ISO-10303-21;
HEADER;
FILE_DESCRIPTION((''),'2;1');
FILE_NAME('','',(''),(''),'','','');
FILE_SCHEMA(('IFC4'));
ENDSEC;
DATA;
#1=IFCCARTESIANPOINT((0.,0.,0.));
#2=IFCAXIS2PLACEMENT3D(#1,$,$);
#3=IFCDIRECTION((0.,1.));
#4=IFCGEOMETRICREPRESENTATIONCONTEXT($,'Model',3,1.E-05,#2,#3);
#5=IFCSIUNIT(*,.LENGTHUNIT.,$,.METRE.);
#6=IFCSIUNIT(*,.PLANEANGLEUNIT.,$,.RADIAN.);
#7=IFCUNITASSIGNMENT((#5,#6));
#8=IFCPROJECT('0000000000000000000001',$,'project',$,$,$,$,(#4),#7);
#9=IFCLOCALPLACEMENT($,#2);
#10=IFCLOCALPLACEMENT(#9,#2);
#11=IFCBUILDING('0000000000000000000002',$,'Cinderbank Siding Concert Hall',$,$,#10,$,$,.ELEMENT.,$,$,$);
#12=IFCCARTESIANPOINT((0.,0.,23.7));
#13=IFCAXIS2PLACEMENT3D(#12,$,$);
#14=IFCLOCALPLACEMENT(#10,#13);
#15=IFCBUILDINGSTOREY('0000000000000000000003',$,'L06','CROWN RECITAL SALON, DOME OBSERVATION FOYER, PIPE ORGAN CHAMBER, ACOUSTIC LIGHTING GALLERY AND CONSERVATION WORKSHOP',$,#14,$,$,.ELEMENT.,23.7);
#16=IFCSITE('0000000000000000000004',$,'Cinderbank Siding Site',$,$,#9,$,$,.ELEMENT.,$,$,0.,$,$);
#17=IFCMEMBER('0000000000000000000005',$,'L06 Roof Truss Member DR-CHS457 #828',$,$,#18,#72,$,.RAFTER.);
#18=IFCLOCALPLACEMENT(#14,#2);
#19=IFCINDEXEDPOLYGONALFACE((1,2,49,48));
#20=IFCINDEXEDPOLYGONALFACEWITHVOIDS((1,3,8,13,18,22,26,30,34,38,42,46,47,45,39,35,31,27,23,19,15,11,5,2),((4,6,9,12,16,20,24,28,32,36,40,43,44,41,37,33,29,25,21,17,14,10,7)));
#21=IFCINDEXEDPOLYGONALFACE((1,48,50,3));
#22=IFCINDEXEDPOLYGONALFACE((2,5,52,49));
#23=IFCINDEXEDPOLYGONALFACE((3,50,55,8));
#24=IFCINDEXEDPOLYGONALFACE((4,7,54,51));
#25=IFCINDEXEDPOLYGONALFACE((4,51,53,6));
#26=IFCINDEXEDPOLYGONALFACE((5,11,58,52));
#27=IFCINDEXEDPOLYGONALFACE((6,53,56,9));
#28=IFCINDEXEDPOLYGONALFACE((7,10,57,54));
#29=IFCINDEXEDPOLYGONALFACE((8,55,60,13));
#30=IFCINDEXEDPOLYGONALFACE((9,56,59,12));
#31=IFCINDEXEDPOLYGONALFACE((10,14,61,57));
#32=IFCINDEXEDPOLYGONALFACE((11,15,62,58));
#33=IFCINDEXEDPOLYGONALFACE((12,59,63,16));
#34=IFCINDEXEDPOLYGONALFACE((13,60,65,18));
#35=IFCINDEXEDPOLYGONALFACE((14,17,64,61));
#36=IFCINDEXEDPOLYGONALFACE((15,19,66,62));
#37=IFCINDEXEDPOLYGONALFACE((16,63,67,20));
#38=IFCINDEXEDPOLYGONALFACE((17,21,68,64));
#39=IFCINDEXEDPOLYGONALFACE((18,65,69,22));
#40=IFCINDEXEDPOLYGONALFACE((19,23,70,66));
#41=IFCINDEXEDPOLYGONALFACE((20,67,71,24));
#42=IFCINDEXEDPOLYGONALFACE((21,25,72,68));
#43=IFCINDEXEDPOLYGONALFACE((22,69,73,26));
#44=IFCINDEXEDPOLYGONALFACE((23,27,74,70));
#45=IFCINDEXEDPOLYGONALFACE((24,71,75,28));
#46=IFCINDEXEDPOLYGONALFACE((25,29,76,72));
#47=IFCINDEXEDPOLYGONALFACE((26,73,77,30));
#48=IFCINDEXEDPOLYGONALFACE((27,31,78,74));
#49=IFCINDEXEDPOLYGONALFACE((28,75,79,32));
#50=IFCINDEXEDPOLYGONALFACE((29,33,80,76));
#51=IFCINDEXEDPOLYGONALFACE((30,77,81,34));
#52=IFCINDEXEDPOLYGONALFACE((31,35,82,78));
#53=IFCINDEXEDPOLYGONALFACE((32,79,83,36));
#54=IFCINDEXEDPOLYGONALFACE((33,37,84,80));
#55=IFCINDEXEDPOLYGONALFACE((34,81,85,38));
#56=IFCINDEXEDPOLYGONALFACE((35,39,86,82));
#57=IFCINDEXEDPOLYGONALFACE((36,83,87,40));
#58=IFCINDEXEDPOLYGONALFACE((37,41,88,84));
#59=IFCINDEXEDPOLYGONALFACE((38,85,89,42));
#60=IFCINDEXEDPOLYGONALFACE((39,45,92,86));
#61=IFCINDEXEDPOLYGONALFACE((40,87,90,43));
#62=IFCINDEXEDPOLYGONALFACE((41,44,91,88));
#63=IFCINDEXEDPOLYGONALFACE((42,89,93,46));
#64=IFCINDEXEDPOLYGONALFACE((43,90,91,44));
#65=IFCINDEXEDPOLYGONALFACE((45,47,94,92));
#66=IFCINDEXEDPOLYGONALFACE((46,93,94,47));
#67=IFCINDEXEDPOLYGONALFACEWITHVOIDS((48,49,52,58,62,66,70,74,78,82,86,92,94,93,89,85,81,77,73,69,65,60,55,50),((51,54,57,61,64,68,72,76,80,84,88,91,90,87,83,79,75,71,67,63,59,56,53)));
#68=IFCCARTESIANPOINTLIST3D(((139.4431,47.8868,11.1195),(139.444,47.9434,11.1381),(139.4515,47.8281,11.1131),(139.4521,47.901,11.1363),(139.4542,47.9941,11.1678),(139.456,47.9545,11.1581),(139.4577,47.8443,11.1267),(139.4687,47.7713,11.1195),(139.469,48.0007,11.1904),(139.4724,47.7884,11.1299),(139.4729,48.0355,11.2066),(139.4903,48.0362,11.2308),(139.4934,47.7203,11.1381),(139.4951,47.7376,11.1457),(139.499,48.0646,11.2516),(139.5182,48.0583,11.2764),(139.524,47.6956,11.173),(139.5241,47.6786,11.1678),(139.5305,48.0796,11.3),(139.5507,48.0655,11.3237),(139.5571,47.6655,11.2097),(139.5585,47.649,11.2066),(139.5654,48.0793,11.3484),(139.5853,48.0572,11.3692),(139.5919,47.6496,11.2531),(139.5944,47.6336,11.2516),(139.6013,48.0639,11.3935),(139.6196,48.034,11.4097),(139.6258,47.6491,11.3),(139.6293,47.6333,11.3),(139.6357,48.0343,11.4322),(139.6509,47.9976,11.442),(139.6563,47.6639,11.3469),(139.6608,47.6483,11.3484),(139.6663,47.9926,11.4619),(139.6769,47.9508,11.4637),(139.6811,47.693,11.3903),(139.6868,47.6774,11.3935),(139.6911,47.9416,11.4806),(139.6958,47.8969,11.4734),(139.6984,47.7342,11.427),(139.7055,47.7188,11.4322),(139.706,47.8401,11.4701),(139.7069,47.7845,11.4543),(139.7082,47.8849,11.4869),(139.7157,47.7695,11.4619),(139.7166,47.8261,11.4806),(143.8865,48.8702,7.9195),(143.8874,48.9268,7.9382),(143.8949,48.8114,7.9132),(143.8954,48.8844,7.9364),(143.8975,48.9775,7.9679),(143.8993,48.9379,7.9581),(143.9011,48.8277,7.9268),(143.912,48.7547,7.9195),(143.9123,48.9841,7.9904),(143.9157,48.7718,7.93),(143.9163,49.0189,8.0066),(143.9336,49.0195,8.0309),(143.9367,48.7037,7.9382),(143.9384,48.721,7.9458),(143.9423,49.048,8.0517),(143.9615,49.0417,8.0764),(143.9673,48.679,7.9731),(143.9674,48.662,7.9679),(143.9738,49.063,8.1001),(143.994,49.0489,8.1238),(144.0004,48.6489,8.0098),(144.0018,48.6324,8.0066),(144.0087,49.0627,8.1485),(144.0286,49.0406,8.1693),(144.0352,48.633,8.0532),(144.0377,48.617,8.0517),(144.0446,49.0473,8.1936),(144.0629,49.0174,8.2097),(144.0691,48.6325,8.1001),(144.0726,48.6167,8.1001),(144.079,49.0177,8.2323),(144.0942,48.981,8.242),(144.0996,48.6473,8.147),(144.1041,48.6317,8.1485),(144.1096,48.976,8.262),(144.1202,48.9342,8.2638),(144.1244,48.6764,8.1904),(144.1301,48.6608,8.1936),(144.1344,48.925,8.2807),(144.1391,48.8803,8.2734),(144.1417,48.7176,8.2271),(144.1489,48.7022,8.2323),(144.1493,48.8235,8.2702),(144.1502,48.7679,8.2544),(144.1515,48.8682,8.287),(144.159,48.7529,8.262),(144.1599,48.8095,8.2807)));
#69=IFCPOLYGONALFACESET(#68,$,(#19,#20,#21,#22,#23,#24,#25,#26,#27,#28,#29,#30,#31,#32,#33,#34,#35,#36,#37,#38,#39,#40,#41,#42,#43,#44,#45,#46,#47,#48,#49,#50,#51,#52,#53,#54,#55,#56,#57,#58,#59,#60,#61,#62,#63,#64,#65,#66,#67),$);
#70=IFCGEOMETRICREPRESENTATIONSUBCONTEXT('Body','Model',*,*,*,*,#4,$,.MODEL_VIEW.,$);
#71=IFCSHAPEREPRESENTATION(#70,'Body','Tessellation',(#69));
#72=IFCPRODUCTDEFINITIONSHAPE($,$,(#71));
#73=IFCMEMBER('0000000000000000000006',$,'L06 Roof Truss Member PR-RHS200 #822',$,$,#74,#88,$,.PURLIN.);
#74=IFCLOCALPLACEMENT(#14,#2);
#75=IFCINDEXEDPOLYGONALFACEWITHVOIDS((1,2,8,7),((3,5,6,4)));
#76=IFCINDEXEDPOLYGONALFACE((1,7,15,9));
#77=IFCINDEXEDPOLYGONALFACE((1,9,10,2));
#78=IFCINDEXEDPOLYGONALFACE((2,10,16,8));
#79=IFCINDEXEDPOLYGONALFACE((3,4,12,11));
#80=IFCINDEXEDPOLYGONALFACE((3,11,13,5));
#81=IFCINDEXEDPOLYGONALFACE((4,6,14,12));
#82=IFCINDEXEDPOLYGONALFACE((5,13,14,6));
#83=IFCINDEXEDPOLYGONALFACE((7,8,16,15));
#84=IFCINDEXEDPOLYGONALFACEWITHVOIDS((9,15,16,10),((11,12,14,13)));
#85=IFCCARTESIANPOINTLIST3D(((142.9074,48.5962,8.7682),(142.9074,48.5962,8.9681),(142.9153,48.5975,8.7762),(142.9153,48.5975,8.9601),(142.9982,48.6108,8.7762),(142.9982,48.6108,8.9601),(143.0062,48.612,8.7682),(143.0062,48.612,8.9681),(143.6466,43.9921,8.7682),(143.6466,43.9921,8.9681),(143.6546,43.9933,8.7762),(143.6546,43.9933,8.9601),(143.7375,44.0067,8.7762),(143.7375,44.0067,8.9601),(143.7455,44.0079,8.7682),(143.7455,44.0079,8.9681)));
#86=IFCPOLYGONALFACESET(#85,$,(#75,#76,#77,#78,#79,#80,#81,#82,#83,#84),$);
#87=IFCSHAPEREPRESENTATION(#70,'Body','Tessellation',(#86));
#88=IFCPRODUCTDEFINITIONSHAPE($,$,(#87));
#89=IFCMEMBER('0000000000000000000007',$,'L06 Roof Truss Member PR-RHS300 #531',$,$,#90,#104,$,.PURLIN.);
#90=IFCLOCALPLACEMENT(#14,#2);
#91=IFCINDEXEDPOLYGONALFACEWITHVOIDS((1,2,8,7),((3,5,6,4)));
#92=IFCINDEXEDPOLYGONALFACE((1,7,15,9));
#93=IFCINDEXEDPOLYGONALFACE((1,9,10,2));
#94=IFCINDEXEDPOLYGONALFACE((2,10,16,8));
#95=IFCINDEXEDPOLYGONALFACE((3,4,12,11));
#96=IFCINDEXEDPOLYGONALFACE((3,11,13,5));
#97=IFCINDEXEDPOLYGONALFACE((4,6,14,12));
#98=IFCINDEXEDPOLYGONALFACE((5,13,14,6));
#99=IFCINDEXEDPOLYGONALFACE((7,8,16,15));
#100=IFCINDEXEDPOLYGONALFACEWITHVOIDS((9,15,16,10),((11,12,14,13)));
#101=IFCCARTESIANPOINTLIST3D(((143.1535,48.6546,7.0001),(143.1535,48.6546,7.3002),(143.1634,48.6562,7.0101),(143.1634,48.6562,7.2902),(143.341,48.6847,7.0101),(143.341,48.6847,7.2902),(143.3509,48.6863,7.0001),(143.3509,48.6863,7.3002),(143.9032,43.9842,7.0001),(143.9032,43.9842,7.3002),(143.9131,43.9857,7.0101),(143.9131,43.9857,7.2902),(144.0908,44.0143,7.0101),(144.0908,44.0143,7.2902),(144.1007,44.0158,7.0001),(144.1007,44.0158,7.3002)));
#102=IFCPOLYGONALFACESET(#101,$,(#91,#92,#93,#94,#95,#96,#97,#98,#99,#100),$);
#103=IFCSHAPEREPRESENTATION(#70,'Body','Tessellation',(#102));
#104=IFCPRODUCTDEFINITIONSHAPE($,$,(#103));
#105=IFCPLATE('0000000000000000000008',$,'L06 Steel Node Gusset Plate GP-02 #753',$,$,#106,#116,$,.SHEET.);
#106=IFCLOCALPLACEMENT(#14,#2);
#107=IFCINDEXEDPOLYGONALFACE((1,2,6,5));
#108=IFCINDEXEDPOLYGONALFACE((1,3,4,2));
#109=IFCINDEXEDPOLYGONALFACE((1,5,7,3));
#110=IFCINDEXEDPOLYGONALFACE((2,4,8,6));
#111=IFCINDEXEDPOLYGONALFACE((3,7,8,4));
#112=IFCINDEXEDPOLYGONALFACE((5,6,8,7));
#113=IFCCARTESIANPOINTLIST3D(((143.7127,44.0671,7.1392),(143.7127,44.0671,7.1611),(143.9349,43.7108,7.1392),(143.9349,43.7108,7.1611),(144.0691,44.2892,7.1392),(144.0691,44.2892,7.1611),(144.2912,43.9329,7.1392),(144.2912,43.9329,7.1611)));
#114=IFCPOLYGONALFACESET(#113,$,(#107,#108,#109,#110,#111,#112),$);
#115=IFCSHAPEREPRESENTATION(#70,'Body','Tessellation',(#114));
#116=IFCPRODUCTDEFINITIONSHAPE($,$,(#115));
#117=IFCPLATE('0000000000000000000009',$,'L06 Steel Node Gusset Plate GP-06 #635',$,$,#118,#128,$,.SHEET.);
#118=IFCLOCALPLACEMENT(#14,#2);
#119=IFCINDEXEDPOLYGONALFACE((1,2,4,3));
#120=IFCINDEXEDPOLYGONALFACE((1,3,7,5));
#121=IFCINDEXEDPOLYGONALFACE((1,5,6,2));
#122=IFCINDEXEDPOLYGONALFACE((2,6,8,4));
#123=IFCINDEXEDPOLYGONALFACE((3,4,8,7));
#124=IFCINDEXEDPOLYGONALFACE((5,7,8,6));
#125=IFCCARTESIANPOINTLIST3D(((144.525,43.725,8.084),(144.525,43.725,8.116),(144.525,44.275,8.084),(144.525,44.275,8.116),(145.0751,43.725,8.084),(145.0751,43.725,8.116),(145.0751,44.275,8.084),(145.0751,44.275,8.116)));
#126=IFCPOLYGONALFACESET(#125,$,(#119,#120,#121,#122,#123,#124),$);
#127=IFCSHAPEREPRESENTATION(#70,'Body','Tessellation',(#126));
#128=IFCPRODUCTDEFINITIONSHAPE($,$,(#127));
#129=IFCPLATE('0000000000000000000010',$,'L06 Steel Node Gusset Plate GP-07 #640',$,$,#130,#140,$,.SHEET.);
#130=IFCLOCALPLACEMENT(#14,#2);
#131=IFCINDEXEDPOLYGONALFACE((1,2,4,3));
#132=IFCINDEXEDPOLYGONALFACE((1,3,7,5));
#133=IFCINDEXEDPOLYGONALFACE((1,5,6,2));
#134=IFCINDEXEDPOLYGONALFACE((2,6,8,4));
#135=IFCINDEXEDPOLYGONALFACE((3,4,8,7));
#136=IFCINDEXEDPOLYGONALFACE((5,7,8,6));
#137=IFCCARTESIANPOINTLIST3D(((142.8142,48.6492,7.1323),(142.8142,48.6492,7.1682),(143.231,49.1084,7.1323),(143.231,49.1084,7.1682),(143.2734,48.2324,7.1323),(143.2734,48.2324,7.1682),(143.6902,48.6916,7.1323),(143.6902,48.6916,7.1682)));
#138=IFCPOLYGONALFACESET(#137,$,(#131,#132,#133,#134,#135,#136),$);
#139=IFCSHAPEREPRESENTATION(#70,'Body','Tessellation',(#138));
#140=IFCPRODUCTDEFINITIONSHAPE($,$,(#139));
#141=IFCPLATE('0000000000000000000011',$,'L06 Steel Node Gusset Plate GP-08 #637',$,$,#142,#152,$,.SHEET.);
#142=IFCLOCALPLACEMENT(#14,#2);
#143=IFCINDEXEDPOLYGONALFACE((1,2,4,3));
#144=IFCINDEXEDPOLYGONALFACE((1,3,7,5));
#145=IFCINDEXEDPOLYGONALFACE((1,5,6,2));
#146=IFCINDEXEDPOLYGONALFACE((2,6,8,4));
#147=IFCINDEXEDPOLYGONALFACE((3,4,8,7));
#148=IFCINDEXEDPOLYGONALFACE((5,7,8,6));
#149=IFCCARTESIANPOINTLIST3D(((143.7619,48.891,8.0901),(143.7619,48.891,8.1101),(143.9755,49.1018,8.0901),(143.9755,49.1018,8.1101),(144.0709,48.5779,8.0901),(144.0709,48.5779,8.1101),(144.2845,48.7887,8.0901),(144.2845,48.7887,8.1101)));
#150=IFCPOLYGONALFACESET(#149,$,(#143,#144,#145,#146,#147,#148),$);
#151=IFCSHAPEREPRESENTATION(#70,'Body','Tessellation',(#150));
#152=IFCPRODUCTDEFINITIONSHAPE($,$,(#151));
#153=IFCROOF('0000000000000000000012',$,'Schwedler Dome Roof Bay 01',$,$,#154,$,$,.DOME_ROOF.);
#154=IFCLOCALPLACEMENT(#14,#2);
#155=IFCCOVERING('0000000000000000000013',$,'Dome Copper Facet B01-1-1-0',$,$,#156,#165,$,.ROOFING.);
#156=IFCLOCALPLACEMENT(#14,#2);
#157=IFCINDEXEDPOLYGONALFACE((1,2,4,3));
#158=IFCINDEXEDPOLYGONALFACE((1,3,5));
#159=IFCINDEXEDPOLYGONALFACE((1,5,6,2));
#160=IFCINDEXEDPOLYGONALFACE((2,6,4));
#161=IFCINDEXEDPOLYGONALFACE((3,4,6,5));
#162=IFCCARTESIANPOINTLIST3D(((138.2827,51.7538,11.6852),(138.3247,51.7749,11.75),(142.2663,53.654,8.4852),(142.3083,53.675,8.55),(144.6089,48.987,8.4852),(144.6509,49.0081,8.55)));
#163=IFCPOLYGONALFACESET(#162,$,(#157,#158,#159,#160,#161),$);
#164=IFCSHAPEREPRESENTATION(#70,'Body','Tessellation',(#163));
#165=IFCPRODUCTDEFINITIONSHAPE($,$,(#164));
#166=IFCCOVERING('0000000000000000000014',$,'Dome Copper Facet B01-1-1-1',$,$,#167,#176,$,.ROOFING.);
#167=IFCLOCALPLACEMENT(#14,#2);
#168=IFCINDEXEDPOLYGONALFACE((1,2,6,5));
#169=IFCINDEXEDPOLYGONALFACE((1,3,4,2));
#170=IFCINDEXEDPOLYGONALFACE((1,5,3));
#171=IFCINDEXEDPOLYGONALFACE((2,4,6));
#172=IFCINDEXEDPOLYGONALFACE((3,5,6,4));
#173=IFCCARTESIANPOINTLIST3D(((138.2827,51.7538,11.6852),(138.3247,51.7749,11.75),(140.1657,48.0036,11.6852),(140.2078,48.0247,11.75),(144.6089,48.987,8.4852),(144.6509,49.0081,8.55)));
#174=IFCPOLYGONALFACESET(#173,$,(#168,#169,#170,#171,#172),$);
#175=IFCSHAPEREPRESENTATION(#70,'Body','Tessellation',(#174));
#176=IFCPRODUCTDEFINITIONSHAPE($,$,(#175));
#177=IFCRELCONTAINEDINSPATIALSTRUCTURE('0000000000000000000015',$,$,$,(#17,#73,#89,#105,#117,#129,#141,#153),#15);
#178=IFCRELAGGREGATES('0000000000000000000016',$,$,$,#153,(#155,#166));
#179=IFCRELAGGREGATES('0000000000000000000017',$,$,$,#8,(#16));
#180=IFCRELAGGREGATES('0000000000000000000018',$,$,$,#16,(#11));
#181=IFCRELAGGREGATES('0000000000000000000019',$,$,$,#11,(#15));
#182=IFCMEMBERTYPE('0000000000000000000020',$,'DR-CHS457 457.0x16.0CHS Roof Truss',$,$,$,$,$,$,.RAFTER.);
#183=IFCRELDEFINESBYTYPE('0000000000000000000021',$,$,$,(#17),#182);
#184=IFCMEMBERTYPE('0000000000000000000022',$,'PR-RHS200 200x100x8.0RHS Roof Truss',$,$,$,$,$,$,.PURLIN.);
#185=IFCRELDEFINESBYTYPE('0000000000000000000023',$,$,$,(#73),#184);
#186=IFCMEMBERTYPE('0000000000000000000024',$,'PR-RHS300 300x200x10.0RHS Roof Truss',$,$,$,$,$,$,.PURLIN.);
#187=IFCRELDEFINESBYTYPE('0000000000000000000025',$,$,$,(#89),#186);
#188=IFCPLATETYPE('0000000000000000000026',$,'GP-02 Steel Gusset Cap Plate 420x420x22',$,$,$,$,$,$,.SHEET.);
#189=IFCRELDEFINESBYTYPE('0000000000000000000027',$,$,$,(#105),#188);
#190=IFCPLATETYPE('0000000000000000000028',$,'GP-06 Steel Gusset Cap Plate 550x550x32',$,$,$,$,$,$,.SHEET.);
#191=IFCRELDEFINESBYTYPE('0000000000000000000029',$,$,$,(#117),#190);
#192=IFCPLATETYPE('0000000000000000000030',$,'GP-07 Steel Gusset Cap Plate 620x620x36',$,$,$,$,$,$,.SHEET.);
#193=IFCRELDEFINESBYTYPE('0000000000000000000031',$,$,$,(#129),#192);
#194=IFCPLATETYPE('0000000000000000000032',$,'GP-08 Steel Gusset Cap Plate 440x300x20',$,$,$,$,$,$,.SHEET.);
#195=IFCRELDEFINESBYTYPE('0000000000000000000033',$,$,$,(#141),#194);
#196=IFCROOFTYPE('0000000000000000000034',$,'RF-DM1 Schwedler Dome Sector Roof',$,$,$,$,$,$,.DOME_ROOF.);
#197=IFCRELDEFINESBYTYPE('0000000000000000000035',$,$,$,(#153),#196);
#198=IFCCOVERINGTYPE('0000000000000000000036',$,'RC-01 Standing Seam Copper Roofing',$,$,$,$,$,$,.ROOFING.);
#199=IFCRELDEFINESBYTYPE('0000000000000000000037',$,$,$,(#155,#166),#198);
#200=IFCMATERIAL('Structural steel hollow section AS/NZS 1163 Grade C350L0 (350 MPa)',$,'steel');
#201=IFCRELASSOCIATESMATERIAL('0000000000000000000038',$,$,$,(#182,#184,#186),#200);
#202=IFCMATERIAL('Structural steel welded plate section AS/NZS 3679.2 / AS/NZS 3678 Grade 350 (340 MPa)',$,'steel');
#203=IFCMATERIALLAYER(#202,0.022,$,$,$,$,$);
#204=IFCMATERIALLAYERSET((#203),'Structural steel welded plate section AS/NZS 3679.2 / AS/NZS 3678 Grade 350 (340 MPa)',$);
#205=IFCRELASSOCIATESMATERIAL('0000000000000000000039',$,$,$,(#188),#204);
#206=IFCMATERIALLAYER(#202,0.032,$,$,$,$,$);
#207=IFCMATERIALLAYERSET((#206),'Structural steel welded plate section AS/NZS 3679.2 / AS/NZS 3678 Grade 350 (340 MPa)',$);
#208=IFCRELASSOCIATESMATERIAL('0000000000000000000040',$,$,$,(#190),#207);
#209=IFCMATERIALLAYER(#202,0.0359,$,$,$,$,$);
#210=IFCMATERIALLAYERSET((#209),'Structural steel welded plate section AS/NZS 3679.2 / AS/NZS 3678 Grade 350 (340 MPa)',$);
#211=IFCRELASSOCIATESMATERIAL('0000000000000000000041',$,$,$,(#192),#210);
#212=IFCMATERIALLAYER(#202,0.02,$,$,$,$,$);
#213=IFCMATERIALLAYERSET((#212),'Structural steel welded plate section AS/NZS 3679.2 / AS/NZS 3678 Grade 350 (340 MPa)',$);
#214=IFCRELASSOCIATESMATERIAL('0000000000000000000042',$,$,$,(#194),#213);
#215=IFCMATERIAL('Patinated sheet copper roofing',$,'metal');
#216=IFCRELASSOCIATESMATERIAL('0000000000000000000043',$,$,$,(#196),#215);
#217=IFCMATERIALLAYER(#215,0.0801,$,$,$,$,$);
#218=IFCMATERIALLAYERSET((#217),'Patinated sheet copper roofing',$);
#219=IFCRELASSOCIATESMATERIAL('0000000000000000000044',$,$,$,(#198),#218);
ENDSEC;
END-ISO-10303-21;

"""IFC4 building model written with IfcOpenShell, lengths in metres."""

from ifc_helpers import new_model, si_unit, direction, frame, origin, origin_2d, place, context, subcontext, project, spatial, polyline, rectangle, hollow_rectangle, hollow_circle, outline, extrude, material, layer, layer_set, material_profile, profile_set, type_object, element, aggregate, save


model = new_model("IFC4")

# Units and contexts
model_context = context("Model", 3, precision=1e-05, world=origin(), true_north=direction((0.0, 1.0)))
body_context = subcontext(model_context, "Body", "Model", "MODEL_VIEW")
ifc_project = project(units=[si_unit("LENGTHUNIT", "METRE"), si_unit("PLANEANGLEUNIT", "RADIAN")], contexts=[model_context])

# Site, building, storey
site_placement = place(None, origin())
site = spatial("IfcSite", under=ifc_project, at=site_placement, Name="Cinderbank Siding Site", CompositionType="ELEMENT", RefElevation=0.0)
building_placement = place(site_placement, origin())
building = spatial("IfcBuilding", under=site, at=building_placement, Name="Cinderbank Siding Concert Hall", CompositionType="ELEMENT")
storey_placement = place(building_placement, frame((0.0, 0.0, 23.7)))
storey = spatial("IfcBuildingStorey", under=building, at=storey_placement, Name="L06", Description="CROWN RECITAL SALON, DOME OBSERVATION FOYER, PIPE ORGAN CHAMBER, ACOUSTIC LIGHTING GALLERY AND CONSERVATION WORKSHOP", CompositionType="ELEMENT", Elevation=23.7)

# Shared definitions
ifc_material_1 = material(Name="Structural steel welded plate section AS/NZS 3679.2 / AS/NZS 3678 Grade 350 (340 MPa)", Category="steel")

# Members
ifc_material_2 = material(Name="Structural steel hollow section AS/NZS 1163 Grade C350L0 (350 MPa)", Category="steel")
ifc_material_profile_1 = material_profile(ifc_material_2, hollow_circle(Radius=0.2285, WallThickness=0.0161, at=origin_2d()), Name="457.0x16.0CHS", Category="LoadBearing")
ifc_profile_set_1 = profile_set([ifc_material_profile_1], Name="Structural steel hollow section AS/NZS 1163 Grade C350L0 (350 MPa)")
member_type_1 = type_object("IfcMemberType", Name="DR-CHS457 457.0x16.0CHS Roof Truss", PredefinedType="RAFTER", material=ifc_profile_set_1)
member_1_placement = place(storey_placement, frame((144.0232, 48.8398, 8.1001), z_axis=(-0.798693, -0.176766, 0.57519), x_axis=(0.21609, -0.976374, 0.0)))
element("IfcMember", 1, at=member_1_placement, inside=storey, type_object=member_type_1, Name="L06 Roof Truss Member DR-CHS457 #828", PredefinedType="RAFTER", context=body_context, shape_type="SweptSolid", body=[
    extrude(hollow_circle(Radius=0.2285, WallThickness=0.0161, at=origin_2d()), origin(), (0.0, 0.0, 1.0), 5.5632),
])
ifc_material_profile_2 = material_profile(ifc_material_2, hollow_rectangle(XDim=0.1001, YDim=0.2, WallThickness=0.0081, at=origin_2d()), Name="200x100x8.0RHS", Category="LoadBearing")
ifc_profile_set_2 = profile_set([ifc_material_profile_2], Name="Structural steel hollow section AS/NZS 1163 Grade C350L0 (350 MPa)")
member_type_2 = type_object("IfcMemberType", Name="PR-RHS200 200x100x8.0RHS Roof Truss", PredefinedType="PURLIN", material=ifc_profile_set_2)
member_2_placement = place(storey_placement, frame((143.696, 44.0, 8.8682), z_axis=(-0.158538, 0.987353, 0.0), x_axis=(-0.987353, -0.158538, 0.0)))
element("IfcMember", 2, at=member_2_placement, inside=storey, type_object=member_type_2, Name="L06 Roof Truss Member PR-RHS200 #822", PredefinedType="PURLIN", context=body_context, shape_type="SweptSolid", body=[
    extrude(hollow_rectangle(XDim=0.1001, YDim=0.2, WallThickness=0.0081, at=origin_2d()), origin(), (0.0, 0.0, 1.0), 4.6631),
])
ifc_material_profile_3 = material_profile(ifc_material_2, hollow_rectangle(XDim=0.2, YDim=0.3, WallThickness=0.01, at=origin_2d()), Name="300x200x10.0RHS", Category="LoadBearing")
ifc_profile_set_3 = profile_set([ifc_material_profile_3], Name="Structural steel hollow section AS/NZS 1163 Grade C350L0 (350 MPa)")
member_type_3 = type_object("IfcMemberType", Name="PR-RHS300 300x200x10.0RHS Roof Truss", PredefinedType="PURLIN", material=ifc_profile_set_3)
member_3_placement = place(storey_placement, frame((144.002, 44.0, 7.1501), z_axis=(-0.158504, 0.987358, 0.0), x_axis=(-0.987358, -0.158504, 0.0)))
element("IfcMember", 3, at=member_3_placement, inside=storey, type_object=member_type_3, Name="L06 Roof Truss Member PR-RHS300 #531", PredefinedType="PURLIN", context=body_context, shape_type="SweptSolid", body=[
    extrude(hollow_rectangle(XDim=0.2, YDim=0.3, WallThickness=0.01, at=origin_2d()), origin(), (0.0, 0.0, 1.0), 4.7302),
])

# Plates
ifc_layer_1 = layer(ifc_material_1, 0.022)
ifc_layer_set_1 = layer_set([ifc_layer_1], Name="Structural steel welded plate section AS/NZS 3679.2 / AS/NZS 3678 Grade 350 (340 MPa)")
plate_type_1 = type_object("IfcPlateType", Name="GP-02 Steel Gusset Cap Plate 420x420x22", PredefinedType="SHEET", material=ifc_layer_set_1)
plate_1_placement = place(storey_placement, frame((144.002, 44.0, 7.1392), z_axis=(0.0, 0.0, 1.0), x_axis=(-0.529031, 0.848603, 0.0)))
element("IfcPlate", 4, at=plate_1_placement, inside=storey, type_object=plate_type_1, Name="L06 Steel Node Gusset Plate GP-02 #753", PredefinedType="SHEET", context=body_context, shape_type="SweptSolid", body=[
    extrude(rectangle(XDim=0.4199, YDim=0.4199, at=origin_2d()), origin(), (0.0, 0.0, 1.0), 0.022),
])
ifc_layer_2 = layer(ifc_material_1, 0.032)
ifc_layer_set_2 = layer_set([ifc_layer_2], Name="Structural steel welded plate section AS/NZS 3679.2 / AS/NZS 3678 Grade 350 (340 MPa)")
plate_type_2 = type_object("IfcPlateType", Name="GP-06 Steel Gusset Cap Plate 550x550x32", PredefinedType="SHEET", material=ifc_layer_set_2)
plate_2_placement = place(storey_placement, frame((144.8, 44.0, 8.084), z_axis=(0.0, 0.0, 1.0), x_axis=(-1.0, 0.0, 0.0)))
element("IfcPlate", 5, at=plate_2_placement, inside=storey, type_object=plate_type_2, Name="L06 Steel Node Gusset Plate GP-06 #635", PredefinedType="SHEET", context=body_context, shape_type="SweptSolid", body=[
    extrude(rectangle(XDim=0.55, YDim=0.55, at=origin_2d()), origin(), (0.0, 0.0, 1.0), 0.032),
])
ifc_layer_3 = layer(ifc_material_1, 0.0359)
ifc_layer_set_3 = layer_set([ifc_layer_3], Name="Structural steel welded plate section AS/NZS 3679.2 / AS/NZS 3678 Grade 350 (340 MPa)")
plate_type_3 = type_object("IfcPlateType", Name="GP-07 Steel Gusset Cap Plate 620x620x36", PredefinedType="SHEET", material=ifc_layer_set_3)
plate_3_placement = place(storey_placement, frame((143.2522, 48.6704, 7.1323), z_axis=(0.0, 0.0, 1.0), x_axis=(-0.740453, 0.672108, 0.0)))
element("IfcPlate", 6, at=plate_3_placement, inside=storey, type_object=plate_type_3, Name="L06 Steel Node Gusset Plate GP-07 #640", PredefinedType="SHEET", context=body_context, shape_type="SweptSolid", body=[
    extrude(rectangle(XDim=0.6201, YDim=0.6201, at=origin_2d()), origin(), (0.0, 0.0, 1.0), 0.0359),
])
ifc_layer_4 = layer(ifc_material_1, 0.02)
ifc_layer_set_4 = layer_set([ifc_layer_4], Name="Structural steel welded plate section AS/NZS 3679.2 / AS/NZS 3678 Grade 350 (340 MPa)")
plate_type_4 = type_object("IfcPlateType", Name="GP-08 Steel Gusset Cap Plate 440x300x20", PredefinedType="SHEET", material=ifc_layer_set_4)
plate_4_placement = place(storey_placement, frame((144.0232, 48.8398, 8.0901), z_axis=(0.0, 0.0, 1.0), x_axis=(-0.702402, 0.711781, 0.0)))
element("IfcPlate", 7, at=plate_4_placement, inside=storey, type_object=plate_type_4, Name="L06 Steel Node Gusset Plate GP-08 #637", PredefinedType="SHEET", context=body_context, shape_type="SweptSolid", body=[
    extrude(rectangle(XDim=0.4399, YDim=0.3, at=origin_2d()), origin(), (0.0, 0.0, 1.0), 0.02),
])

# Roof, coverings
ifc_material_3 = material(Name="Patinated sheet copper roofing", Category="metal")
roof_type = type_object("IfcRoofType", Name="RF-DM1 Schwedler Dome Sector Roof", PredefinedType="DOME_ROOF", material=ifc_material_3)
roof_placement = place(storey_placement, origin())
roof = element("IfcRoof", 8, at=roof_placement, inside=storey, type_object=roof_type, Name="Schwedler Dome Roof Bay 01", PredefinedType="DOME_ROOF")
ifc_layer_5 = layer(ifc_material_3, 0.0801)
ifc_layer_set_5 = layer_set([ifc_layer_5], Name="Patinated sheet copper roofing")
covering_type = type_object("IfcCoveringType", Name="RC-01 Standing Seam Copper Roofing", PredefinedType="ROOFING", material=ifc_layer_set_5)
covering_1_placement = place(storey_placement, frame((144.6509, 49.0081, 8.55), z_axis=(0.524672, 0.263351, 0.809547), x_axis=(-0.448597, 0.893734, 0.0)))
covering_1 = element("IfcCovering", 9, at=covering_1_placement, type_object=covering_type, Name="Dome Copper Facet B01-1-1-0", PredefinedType="ROOFING", context=body_context, shape_type="SweptSolid", body=[
    extrude(outline(polyline([(0.0, 0.0), (5.2219, 0.0), (5.3107, 5.4508), (0.0, 0.0)])), origin(), (0.0, 0.0, -1.0), 0.0801),
])
covering_2_placement = place(storey_placement, frame((144.6509, 49.0081, 8.55), z_axis=(0.524693, 0.263457, 0.809498), x_axis=(-0.831272, 0.363569, 0.42048)))
covering_2 = element("IfcCovering", 10, at=covering_2_placement, type_object=covering_type, Name="Dome Copper Facet B01-1-1-1", PredefinedType="ROOFING", context=body_context, shape_type="SweptSolid", body=[
    extrude(outline(polyline([(0.0, 0.0), (7.6102, 0.0), (4.6814, 3.0054), (0.0, 0.0)])), origin(), (0.0, 0.0, -1.0), 0.0801),
])
aggregate(roof, [covering_1, covering_2])

save(model, "model.ifc")
